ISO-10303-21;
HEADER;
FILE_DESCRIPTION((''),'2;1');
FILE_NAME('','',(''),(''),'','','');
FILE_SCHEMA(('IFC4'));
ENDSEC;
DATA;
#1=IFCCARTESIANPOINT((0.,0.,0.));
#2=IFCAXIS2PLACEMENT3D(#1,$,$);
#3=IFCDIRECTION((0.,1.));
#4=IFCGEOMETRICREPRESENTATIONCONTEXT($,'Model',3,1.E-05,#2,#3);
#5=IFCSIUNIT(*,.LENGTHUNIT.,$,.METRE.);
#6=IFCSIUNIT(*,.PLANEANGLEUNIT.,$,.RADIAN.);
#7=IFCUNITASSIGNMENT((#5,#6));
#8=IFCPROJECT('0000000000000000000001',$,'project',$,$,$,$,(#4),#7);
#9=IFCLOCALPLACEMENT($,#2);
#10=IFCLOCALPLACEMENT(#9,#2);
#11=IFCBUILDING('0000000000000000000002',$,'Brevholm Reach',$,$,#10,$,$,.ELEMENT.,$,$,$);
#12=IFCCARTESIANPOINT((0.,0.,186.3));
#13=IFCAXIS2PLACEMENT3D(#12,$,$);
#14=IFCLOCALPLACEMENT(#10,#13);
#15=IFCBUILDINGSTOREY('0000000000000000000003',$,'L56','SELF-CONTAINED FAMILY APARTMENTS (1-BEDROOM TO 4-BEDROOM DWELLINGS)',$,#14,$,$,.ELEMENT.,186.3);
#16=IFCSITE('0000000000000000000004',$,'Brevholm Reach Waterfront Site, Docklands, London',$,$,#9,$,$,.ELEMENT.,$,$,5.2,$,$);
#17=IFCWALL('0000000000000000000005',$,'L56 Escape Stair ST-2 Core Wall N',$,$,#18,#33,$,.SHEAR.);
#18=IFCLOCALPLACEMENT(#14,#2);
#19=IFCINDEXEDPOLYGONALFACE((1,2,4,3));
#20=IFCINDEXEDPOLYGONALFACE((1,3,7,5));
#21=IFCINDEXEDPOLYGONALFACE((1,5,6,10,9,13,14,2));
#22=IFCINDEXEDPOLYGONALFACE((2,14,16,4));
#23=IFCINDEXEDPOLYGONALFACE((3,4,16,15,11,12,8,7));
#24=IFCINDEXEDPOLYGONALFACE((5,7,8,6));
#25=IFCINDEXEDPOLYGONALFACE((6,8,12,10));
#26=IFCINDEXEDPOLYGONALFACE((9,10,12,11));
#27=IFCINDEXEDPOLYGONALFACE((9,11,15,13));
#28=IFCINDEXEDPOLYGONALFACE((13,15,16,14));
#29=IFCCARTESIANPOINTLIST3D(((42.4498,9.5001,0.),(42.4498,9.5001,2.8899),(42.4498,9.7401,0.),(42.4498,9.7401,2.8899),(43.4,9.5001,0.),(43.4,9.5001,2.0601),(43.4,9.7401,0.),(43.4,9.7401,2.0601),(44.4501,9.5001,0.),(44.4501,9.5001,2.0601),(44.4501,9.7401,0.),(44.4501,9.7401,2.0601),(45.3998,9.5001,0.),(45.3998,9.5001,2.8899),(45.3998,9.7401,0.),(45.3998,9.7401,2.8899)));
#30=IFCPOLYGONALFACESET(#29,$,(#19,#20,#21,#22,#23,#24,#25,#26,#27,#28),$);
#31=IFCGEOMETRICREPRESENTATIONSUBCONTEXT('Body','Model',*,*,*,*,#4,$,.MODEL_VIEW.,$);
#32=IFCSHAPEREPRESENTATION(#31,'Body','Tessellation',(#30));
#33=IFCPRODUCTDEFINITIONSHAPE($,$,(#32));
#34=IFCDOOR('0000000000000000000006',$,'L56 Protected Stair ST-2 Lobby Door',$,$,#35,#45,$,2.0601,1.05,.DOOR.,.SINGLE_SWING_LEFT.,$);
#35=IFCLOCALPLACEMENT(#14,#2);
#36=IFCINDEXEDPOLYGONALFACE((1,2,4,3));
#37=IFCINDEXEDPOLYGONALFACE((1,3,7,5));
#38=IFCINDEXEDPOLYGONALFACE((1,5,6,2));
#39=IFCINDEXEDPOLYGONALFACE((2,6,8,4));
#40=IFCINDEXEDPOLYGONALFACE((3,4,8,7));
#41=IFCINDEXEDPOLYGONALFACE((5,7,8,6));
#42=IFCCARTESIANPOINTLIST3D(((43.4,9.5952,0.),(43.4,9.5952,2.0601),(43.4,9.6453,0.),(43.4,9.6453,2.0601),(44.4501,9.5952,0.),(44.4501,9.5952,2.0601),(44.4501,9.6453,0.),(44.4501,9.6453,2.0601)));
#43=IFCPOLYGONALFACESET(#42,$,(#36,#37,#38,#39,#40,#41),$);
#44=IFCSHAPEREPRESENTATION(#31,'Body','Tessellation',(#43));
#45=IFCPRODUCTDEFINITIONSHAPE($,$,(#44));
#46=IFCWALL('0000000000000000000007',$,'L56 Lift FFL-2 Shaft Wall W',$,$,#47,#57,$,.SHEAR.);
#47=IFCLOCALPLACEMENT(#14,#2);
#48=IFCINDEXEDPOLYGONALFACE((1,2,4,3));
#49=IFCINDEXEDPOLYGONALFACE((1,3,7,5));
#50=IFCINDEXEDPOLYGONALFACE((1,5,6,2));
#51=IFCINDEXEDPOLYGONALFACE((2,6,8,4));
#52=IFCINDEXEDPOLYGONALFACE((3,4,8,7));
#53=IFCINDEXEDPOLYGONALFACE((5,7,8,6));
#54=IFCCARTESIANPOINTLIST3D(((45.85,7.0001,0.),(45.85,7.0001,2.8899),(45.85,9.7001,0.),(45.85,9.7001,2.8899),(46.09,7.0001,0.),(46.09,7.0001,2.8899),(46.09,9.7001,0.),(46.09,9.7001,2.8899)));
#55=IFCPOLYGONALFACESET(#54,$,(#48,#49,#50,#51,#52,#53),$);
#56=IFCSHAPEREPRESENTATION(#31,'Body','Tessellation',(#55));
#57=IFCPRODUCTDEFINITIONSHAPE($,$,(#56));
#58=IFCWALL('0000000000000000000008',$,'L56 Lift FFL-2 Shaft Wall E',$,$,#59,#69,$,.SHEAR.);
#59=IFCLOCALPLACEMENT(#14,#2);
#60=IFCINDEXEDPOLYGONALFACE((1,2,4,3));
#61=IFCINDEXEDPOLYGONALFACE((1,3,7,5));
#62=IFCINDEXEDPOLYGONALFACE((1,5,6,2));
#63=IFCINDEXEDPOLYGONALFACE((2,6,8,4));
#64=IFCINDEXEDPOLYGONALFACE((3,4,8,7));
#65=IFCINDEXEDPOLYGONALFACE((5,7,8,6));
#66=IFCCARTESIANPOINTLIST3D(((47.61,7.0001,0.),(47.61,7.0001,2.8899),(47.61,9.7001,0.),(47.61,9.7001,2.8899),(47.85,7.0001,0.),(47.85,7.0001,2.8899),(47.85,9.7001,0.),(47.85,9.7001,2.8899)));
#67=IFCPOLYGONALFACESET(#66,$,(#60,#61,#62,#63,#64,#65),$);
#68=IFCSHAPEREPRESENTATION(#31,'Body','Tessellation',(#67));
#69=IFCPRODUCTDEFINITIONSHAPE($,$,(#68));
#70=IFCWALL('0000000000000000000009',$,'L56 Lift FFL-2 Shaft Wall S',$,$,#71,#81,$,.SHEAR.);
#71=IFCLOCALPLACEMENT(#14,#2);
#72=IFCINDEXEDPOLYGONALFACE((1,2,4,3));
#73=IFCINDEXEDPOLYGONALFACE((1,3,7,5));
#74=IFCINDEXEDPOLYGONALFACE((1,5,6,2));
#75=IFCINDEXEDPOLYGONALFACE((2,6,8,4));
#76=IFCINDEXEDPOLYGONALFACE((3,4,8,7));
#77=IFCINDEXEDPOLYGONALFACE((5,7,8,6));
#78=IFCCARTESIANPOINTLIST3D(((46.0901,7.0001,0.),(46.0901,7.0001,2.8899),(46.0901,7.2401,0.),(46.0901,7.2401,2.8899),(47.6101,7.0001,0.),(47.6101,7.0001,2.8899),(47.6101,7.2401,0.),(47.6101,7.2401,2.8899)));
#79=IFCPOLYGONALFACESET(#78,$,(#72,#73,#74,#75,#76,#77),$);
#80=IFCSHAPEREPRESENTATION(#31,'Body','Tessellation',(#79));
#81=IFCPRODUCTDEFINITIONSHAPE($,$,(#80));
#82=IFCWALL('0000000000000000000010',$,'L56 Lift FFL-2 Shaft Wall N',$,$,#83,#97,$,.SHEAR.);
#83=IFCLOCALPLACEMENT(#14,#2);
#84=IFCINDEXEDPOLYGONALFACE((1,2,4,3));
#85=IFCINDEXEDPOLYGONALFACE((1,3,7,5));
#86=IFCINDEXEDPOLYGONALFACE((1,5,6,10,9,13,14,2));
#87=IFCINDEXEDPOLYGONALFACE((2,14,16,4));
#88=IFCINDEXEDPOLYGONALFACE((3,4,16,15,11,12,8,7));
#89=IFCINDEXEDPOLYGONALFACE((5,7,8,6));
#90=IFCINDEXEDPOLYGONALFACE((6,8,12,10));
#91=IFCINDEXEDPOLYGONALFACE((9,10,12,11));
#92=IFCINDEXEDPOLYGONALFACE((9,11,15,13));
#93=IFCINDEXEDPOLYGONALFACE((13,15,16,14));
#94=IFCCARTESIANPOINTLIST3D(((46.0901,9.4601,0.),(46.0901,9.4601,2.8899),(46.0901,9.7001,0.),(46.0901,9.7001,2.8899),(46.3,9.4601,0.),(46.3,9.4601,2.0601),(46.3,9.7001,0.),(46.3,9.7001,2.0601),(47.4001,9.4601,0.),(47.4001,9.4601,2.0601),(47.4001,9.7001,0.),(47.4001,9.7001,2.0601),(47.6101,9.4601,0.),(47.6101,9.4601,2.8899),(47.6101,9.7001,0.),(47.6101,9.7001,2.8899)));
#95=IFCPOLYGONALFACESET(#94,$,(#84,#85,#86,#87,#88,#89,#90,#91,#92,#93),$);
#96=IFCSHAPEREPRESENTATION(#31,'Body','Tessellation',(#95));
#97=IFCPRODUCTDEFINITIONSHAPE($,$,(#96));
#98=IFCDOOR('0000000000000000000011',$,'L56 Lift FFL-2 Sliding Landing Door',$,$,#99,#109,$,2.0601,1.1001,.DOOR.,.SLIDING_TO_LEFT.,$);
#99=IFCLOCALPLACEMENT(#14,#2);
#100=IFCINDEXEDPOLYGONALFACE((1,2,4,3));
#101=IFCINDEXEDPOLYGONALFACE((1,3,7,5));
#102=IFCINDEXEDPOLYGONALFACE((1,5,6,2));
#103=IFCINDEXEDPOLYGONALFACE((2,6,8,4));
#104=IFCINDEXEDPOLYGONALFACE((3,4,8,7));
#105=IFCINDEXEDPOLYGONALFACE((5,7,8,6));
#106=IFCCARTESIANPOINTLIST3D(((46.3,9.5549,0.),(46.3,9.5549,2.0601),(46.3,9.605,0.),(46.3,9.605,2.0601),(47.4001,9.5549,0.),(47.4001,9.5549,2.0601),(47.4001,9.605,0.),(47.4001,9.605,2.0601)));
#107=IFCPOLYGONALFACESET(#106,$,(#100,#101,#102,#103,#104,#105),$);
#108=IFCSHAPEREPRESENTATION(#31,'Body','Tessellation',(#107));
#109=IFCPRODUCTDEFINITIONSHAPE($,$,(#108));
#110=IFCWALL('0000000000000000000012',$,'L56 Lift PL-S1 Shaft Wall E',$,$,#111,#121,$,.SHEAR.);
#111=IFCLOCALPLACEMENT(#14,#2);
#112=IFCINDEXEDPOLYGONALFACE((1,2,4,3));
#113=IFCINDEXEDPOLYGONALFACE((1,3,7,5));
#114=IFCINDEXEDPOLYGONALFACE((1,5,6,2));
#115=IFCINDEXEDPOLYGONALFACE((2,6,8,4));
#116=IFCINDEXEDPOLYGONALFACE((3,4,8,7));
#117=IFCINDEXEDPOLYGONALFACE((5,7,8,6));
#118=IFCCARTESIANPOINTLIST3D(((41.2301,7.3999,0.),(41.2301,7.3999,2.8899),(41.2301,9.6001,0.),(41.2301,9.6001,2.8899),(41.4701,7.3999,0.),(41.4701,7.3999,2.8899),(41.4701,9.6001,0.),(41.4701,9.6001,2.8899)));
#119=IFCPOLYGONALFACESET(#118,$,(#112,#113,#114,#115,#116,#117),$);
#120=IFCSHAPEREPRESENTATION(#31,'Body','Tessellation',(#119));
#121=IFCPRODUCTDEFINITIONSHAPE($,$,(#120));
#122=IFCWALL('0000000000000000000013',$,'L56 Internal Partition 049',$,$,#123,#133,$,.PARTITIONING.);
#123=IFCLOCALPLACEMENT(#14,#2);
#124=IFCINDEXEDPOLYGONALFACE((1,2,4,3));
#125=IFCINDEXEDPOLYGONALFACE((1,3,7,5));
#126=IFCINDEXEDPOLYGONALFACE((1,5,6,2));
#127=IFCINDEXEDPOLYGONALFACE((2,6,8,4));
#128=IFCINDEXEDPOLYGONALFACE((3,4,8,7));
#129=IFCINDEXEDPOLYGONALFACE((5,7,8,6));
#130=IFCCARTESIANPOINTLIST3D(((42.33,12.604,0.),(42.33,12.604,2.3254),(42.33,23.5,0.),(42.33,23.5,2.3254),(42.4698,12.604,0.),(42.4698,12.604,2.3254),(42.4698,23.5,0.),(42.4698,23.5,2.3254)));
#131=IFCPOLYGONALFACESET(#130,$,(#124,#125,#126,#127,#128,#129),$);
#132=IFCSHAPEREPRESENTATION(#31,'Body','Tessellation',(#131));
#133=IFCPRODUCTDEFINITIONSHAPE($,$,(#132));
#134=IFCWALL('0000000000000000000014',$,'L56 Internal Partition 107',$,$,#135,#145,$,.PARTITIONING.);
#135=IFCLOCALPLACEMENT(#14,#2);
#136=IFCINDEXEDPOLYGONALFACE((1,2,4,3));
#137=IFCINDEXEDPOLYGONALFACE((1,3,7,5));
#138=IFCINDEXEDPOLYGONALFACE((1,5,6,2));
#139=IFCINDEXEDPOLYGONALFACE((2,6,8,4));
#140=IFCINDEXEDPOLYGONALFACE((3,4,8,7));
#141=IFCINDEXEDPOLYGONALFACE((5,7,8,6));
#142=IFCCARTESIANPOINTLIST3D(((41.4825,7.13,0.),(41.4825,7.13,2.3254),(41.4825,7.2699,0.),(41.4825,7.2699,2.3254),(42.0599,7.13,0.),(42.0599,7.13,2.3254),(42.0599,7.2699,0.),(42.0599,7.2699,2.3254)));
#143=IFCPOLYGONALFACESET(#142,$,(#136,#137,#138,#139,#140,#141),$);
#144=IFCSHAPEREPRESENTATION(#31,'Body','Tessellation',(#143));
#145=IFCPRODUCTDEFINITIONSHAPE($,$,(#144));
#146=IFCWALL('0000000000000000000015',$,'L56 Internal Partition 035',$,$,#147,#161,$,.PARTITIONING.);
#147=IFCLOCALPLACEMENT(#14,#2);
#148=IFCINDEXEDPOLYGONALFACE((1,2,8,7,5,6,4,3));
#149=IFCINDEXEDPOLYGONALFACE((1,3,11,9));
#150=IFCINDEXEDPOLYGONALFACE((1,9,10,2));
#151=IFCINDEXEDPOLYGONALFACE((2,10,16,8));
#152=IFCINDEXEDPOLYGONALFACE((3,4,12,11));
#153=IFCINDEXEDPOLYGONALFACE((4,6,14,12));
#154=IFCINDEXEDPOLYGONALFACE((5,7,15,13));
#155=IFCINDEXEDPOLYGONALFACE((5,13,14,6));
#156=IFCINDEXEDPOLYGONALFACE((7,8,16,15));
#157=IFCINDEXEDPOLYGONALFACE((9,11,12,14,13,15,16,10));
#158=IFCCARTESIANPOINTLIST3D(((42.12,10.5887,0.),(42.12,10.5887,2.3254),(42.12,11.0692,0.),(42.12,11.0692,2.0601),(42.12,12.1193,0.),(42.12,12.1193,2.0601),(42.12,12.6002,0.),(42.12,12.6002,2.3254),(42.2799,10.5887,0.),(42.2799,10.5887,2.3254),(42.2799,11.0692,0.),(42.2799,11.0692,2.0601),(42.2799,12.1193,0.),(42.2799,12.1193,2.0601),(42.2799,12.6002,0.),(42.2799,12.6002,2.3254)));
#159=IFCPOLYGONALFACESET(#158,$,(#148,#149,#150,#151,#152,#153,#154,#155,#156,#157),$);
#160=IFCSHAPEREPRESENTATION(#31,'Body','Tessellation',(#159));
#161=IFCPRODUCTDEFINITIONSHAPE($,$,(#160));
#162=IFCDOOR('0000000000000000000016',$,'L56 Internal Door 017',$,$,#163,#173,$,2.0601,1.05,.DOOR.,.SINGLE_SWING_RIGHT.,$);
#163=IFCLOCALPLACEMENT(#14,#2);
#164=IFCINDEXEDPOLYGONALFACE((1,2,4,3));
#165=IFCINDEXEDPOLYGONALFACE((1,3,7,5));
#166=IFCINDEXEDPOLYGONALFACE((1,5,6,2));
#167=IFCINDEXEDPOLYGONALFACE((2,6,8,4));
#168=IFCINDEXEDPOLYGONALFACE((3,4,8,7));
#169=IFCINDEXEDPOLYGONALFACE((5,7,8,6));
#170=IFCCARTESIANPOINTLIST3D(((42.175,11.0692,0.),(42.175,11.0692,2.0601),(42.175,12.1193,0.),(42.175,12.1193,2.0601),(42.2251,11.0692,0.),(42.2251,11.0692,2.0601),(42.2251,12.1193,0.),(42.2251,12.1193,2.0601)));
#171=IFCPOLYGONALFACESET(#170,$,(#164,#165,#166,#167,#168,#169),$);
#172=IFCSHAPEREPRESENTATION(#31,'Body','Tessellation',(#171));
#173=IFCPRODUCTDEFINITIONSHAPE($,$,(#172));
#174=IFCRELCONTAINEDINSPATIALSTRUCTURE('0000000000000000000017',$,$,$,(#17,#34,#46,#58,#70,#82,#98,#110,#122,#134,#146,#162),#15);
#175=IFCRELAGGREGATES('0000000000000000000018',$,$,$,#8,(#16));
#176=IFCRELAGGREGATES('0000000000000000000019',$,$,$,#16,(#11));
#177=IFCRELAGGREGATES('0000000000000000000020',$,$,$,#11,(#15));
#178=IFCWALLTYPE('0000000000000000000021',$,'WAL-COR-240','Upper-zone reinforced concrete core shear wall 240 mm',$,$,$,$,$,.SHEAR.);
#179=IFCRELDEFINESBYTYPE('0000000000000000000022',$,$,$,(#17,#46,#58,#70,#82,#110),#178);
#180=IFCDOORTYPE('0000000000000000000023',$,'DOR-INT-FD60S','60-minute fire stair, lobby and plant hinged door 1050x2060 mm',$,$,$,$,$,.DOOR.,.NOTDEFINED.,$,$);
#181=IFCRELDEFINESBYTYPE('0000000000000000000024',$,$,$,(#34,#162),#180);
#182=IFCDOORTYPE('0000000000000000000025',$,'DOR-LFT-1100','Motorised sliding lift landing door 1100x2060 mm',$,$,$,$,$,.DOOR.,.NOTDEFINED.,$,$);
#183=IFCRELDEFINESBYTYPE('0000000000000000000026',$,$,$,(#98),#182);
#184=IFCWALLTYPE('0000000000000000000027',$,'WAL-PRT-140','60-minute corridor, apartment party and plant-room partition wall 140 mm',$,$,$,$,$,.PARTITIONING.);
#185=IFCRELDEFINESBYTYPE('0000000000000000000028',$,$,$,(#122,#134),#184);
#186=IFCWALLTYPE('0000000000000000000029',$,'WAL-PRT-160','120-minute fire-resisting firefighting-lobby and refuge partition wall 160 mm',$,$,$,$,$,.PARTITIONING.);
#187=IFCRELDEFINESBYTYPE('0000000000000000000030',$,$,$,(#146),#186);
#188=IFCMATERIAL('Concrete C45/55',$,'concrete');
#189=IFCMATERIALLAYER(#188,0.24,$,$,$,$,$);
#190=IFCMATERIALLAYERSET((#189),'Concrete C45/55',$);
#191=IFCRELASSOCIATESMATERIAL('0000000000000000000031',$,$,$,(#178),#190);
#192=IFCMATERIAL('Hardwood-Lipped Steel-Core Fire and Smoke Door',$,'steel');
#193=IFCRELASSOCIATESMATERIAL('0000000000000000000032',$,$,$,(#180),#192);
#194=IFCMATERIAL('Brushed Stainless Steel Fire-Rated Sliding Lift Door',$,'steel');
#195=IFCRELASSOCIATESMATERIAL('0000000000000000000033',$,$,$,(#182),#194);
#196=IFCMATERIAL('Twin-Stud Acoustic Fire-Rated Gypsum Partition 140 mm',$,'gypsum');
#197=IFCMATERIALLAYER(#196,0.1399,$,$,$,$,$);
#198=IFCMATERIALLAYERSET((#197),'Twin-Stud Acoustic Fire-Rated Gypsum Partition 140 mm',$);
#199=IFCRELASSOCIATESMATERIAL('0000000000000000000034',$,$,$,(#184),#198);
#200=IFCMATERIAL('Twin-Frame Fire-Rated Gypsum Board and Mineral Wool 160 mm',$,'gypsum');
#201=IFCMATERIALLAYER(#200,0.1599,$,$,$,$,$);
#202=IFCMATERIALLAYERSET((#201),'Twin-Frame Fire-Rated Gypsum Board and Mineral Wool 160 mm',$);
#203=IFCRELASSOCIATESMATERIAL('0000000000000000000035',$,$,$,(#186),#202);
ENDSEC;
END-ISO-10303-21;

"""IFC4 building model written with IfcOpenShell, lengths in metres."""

from ifc_helpers import new_model, si_unit, direction, frame, frame_2d, origin, place, context, subcontext, project, spatial, rectangle, extrude, material, layer, layer_set, type_object, element, fill, save


model = new_model("IFC4")

# Units and contexts
model_context = context("Model", 3, precision=1e-05, world=origin(), true_north=direction((0.0, 1.0)))
body_context = subcontext(model_context, "Body", "Model", "MODEL_VIEW")
ifc_project = project(units=[si_unit("LENGTHUNIT", "METRE"), si_unit("PLANEANGLEUNIT", "RADIAN")], contexts=[model_context])

# Site, building, storey
site_placement = place(None, origin())
site = spatial("IfcSite", under=ifc_project, at=site_placement, Name="Brevholm Reach Waterfront Site, Docklands, London", CompositionType="ELEMENT", RefElevation=5.2)
building_placement = place(site_placement, origin())
building = spatial("IfcBuilding", under=site, at=building_placement, Name="Brevholm Reach", CompositionType="ELEMENT")
storey_placement = place(building_placement, frame((0.0, 0.0, 186.3)))
storey = spatial("IfcBuildingStorey", under=building, at=storey_placement, Name="L56", Description="SELF-CONTAINED FAMILY APARTMENTS (1-BEDROOM TO 4-BEDROOM DWELLINGS)", CompositionType="ELEMENT", Elevation=186.3)

# Shared definitions
ifc_material_1 = material(Name="Concrete C45/55", Category="concrete")
ifc_layer_1 = layer(ifc_material_1, 0.24)
ifc_layer_set_1 = layer_set([ifc_layer_1], Name="Concrete C45/55")
wall_type_1 = type_object("IfcWallType", Name="WAL-COR-240", Description="Upper-zone reinforced concrete core shear wall 240 mm", PredefinedType="SHEAR", material=ifc_layer_set_1)

# Wall, opening, door
wall_1_placement = place(storey_placement, frame((45.3999, 9.6201, 0.0), z_axis=(0.0, 0.0, 1.0), x_axis=(-1.0, 0.0, 0.0)))
wall_1 = element("IfcWall", 1, at=wall_1_placement, inside=storey, type_object=wall_type_1, Name="L56 Escape Stair ST-2 Core Wall N", PredefinedType="SHEAR", context=body_context, shape_type="SweptSolid", body=[
    extrude(rectangle(XDim=2.95, YDim=0.24, at=frame_2d((1.4751, 0.0))), origin(), (0.0, 0.0, 1.0), 2.8899),
])
opening_1_placement = place(wall_1_placement, frame((0.95, 0.0, 0.0)))
opening_1 = element("IfcOpeningElement", 2, at=opening_1_placement, cuts=wall_1, PredefinedType="OPENING", context=body_context, shape_type="SweptSolid", body=[
    extrude(rectangle(XDim=1.05, YDim=2.0601, at=frame_2d((0.5249, 1.03))), frame((0.0, 0.1299, 0.0), z_axis=(0.0, -1.0, 0.0), x_axis=(1.0, 0.0, 0.0)), (0.0, 0.0, 1.0), 0.26),
])
ifc_material_2 = material(Name="Hardwood-Lipped Steel-Core Fire and Smoke Door", Category="steel")
door_type_1 = type_object("IfcDoorType", Name="DOR-INT-FD60S", Description="60-minute fire stair, lobby and plant hinged door 1050x2060 mm", OperationType="NOTDEFINED", PredefinedType="DOOR", material=ifc_material_2)
door_1_placement = place(opening_1_placement, origin())
door_1 = element("IfcDoor", 3, at=door_1_placement, inside=storey, type_object=door_type_1, Name="L56 Protected Stair ST-2 Lobby Door", OperationType="SINGLE_SWING_LEFT", OverallHeight=2.0601, OverallWidth=1.05, PredefinedType="DOOR", context=body_context, shape_type="SweptSolid", body=[
    extrude(rectangle(XDim=1.05, YDim=2.0601, at=frame_2d((0.5249, 1.03))), frame((0.0, 0.0249, 0.0), z_axis=(0.0, -1.0, 0.0), x_axis=(1.0, 0.0, 0.0)), (0.0, 0.0, 1.0), 0.05),
])
fill(opening_1, door_1)

# Walls
for number, where, z_axis, x_axis, name in (
    (4, (45.97, 7.0, 0.0), (0.0, 0.0, 1.0), (0.0, 1.0, 0.0), "L56 Lift FFL-2 Shaft Wall W"),
    (5, (47.73, 7.0, 0.0), (0.0, 0.0, 1.0), (0.0, 1.0, 0.0), "L56 Lift FFL-2 Shaft Wall E"),
):
    element("IfcWall", number, at=place(storey_placement, frame(where, z_axis=z_axis, x_axis=x_axis)), inside=storey, type_object=wall_type_1, Name=name, PredefinedType="SHEAR", context=body_context, shape_type="SweptSolid", body=[
        extrude(rectangle(XDim=2.7, YDim=0.24, at=frame_2d((1.3501, 0.0))), origin(), (0.0, 0.0, 1.0), 2.8899),
    ])
wall_2_placement = place(storey_placement, frame((46.0901, 7.1201, 0.0), z_axis=(0.0, 0.0, 1.0), x_axis=(1.0, 0.0, 0.0)))
element("IfcWall", 6, at=wall_2_placement, inside=storey, type_object=wall_type_1, Name="L56 Lift FFL-2 Shaft Wall S", PredefinedType="SHEAR", context=body_context, shape_type="SweptSolid", body=[
    extrude(rectangle(XDim=1.52, YDim=0.24, at=frame_2d((0.76, 0.0))), origin(), (0.0, 0.0, 1.0), 2.8899),
])

# Wall, opening, door
wall_3_placement = place(storey_placement, frame((46.0901, 9.5801, 0.0), z_axis=(0.0, 0.0, 1.0), x_axis=(1.0, 0.0, 0.0)))
wall_3 = element("IfcWall", 7, at=wall_3_placement, inside=storey, type_object=wall_type_1, Name="L56 Lift FFL-2 Shaft Wall N", PredefinedType="SHEAR", context=body_context, shape_type="SweptSolid", body=[
    extrude(rectangle(XDim=1.52, YDim=0.24, at=frame_2d((0.76, 0.0))), origin(), (0.0, 0.0, 1.0), 2.8899),
])
opening_2_placement = place(wall_3_placement, frame((0.21, 0.0, 0.0)))
opening_2 = element("IfcOpeningElement", 8, at=opening_2_placement, cuts=wall_3, PredefinedType="OPENING", context=body_context, shape_type="SweptSolid", body=[
    extrude(rectangle(XDim=1.1001, YDim=2.0601, at=frame_2d((0.55, 1.03))), frame((0.0, 0.1299, 0.0), z_axis=(0.0, -1.0, 0.0), x_axis=(1.0, 0.0, 0.0)), (0.0, 0.0, 1.0), 0.26),
])
ifc_material_3 = material(Name="Brushed Stainless Steel Fire-Rated Sliding Lift Door", Category="steel")
door_type_2 = type_object("IfcDoorType", Name="DOR-LFT-1100", Description="Motorised sliding lift landing door 1100x2060 mm", OperationType="NOTDEFINED", PredefinedType="DOOR", material=ifc_material_3)
door_2_placement = place(opening_2_placement, origin())
door_2 = element("IfcDoor", 9, at=door_2_placement, inside=storey, type_object=door_type_2, Name="L56 Lift FFL-2 Sliding Landing Door", OperationType="SLIDING_TO_LEFT", OverallHeight=2.0601, OverallWidth=1.1001, PredefinedType="DOOR", context=body_context, shape_type="SweptSolid", body=[
    extrude(rectangle(XDim=1.1001, YDim=2.0601, at=frame_2d((0.55, 1.03))), frame((0.0, 0.0249, 0.0), z_axis=(0.0, -1.0, 0.0), x_axis=(1.0, 0.0, 0.0)), (0.0, 0.0, 1.0), 0.05),
])
fill(opening_2, door_2)

# Walls
wall_4_placement = place(storey_placement, frame((41.3501, 7.3999, 0.0), z_axis=(0.0, 0.0, 1.0), x_axis=(0.0, 1.0, 0.0)))
element("IfcWall", 10, at=wall_4_placement, inside=storey, type_object=wall_type_1, Name="L56 Lift PL-S1 Shaft Wall E", PredefinedType="SHEAR", context=body_context, shape_type="SweptSolid", body=[
    extrude(rectangle(XDim=2.2002, YDim=0.24, at=frame_2d((1.1001, 0.0))), origin(), (0.0, 0.0, 1.0), 2.8899),
])
ifc_material_4 = material(Name="Twin-Stud Acoustic Fire-Rated Gypsum Partition 140 mm", Category="gypsum")
ifc_layer_2 = layer(ifc_material_4, 0.1399)
ifc_layer_set_2 = layer_set([ifc_layer_2], Name="Twin-Stud Acoustic Fire-Rated Gypsum Partition 140 mm")
wall_type_2 = type_object("IfcWallType", Name="WAL-PRT-140", Description="60-minute corridor, apartment party and plant-room partition wall 140 mm", PredefinedType="PARTITIONING", material=ifc_layer_set_2)
wall_5_placement = place(storey_placement, frame((42.3999, 12.604, 0.0), z_axis=(0.0, 0.0, 1.0), x_axis=(0.0, 1.0, 0.0)))
element("IfcWall", 11, at=wall_5_placement, inside=storey, type_object=wall_type_2, Name="L56 Internal Partition 049", PredefinedType="PARTITIONING", context=body_context, shape_type="SweptSolid", body=[
    extrude(rectangle(XDim=10.896, YDim=0.1399, at=frame_2d((5.448, 0.0))), origin(), (0.0, 0.0, 1.0), 2.3254),
])
wall_6_placement = place(storey_placement, frame((41.4827, 7.2, 0.0), z_axis=(0.0, 0.0, 1.0), x_axis=(1.0, 0.0, 0.0)))
element("IfcWall", 12, at=wall_6_placement, inside=storey, type_object=wall_type_2, Name="L56 Internal Partition 107", PredefinedType="PARTITIONING", context=body_context, shape_type="SweptSolid", body=[
    extrude(rectangle(XDim=0.5774, YDim=0.1399, at=frame_2d((0.2886, 0.0))), origin(), (0.0, 0.0, 1.0), 2.3254),
])

# Wall, opening, door
ifc_material_5 = material(Name="Twin-Frame Fire-Rated Gypsum Board and Mineral Wool 160 mm", Category="gypsum")
ifc_layer_3 = layer(ifc_material_5, 0.1599)
ifc_layer_set_3 = layer_set([ifc_layer_3], Name="Twin-Frame Fire-Rated Gypsum Board and Mineral Wool 160 mm")
wall_type_3 = type_object("IfcWallType", Name="WAL-PRT-160", Description="120-minute fire-resisting firefighting-lobby and refuge partition wall 160 mm", PredefinedType="PARTITIONING", material=ifc_layer_set_3)
wall_7_placement = place(storey_placement, frame((42.2, 10.5886, 0.0), z_axis=(0.0, 0.0, 1.0), x_axis=(0.0, 1.0, 0.0)))
wall_7 = element("IfcWall", 13, at=wall_7_placement, inside=storey, type_object=wall_type_3, Name="L56 Internal Partition 035", PredefinedType="PARTITIONING", context=body_context, shape_type="SweptSolid", body=[
    extrude(rectangle(XDim=2.0115, YDim=0.1599, at=frame_2d((1.0059, 0.0))), origin(), (0.0, 0.0, 1.0), 2.3254),
])
opening_3_placement = place(wall_7_placement, frame((0.4807, 0.0, 0.0)))
opening_3 = element("IfcOpeningElement", 14, at=opening_3_placement, cuts=wall_7, PredefinedType="OPENING", context=body_context, shape_type="SweptSolid", body=[
    extrude(rectangle(XDim=1.05, YDim=2.0601, at=frame_2d((0.5249, 1.03))), frame((0.0, 0.0898, 0.0), z_axis=(0.0, -1.0, 0.0), x_axis=(1.0, 0.0, 0.0)), (0.0, 0.0, 1.0), 0.1799),
])
door_3_placement = place(opening_3_placement, origin())
door_3 = element("IfcDoor", 15, at=door_3_placement, inside=storey, type_object=door_type_1, Name="L56 Internal Door 017", OperationType="SINGLE_SWING_RIGHT", OverallHeight=2.0601, OverallWidth=1.05, PredefinedType="DOOR", context=body_context, shape_type="SweptSolid", body=[
    extrude(rectangle(XDim=1.05, YDim=2.0601, at=frame_2d((0.5249, 1.03))), frame((0.0, 0.0249, 0.0), z_axis=(0.0, -1.0, 0.0), x_axis=(1.0, 0.0, 0.0)), (0.0, 0.0, 1.0), 0.05),
])
fill(opening_3, door_3)

save(model, "model.ifc")
